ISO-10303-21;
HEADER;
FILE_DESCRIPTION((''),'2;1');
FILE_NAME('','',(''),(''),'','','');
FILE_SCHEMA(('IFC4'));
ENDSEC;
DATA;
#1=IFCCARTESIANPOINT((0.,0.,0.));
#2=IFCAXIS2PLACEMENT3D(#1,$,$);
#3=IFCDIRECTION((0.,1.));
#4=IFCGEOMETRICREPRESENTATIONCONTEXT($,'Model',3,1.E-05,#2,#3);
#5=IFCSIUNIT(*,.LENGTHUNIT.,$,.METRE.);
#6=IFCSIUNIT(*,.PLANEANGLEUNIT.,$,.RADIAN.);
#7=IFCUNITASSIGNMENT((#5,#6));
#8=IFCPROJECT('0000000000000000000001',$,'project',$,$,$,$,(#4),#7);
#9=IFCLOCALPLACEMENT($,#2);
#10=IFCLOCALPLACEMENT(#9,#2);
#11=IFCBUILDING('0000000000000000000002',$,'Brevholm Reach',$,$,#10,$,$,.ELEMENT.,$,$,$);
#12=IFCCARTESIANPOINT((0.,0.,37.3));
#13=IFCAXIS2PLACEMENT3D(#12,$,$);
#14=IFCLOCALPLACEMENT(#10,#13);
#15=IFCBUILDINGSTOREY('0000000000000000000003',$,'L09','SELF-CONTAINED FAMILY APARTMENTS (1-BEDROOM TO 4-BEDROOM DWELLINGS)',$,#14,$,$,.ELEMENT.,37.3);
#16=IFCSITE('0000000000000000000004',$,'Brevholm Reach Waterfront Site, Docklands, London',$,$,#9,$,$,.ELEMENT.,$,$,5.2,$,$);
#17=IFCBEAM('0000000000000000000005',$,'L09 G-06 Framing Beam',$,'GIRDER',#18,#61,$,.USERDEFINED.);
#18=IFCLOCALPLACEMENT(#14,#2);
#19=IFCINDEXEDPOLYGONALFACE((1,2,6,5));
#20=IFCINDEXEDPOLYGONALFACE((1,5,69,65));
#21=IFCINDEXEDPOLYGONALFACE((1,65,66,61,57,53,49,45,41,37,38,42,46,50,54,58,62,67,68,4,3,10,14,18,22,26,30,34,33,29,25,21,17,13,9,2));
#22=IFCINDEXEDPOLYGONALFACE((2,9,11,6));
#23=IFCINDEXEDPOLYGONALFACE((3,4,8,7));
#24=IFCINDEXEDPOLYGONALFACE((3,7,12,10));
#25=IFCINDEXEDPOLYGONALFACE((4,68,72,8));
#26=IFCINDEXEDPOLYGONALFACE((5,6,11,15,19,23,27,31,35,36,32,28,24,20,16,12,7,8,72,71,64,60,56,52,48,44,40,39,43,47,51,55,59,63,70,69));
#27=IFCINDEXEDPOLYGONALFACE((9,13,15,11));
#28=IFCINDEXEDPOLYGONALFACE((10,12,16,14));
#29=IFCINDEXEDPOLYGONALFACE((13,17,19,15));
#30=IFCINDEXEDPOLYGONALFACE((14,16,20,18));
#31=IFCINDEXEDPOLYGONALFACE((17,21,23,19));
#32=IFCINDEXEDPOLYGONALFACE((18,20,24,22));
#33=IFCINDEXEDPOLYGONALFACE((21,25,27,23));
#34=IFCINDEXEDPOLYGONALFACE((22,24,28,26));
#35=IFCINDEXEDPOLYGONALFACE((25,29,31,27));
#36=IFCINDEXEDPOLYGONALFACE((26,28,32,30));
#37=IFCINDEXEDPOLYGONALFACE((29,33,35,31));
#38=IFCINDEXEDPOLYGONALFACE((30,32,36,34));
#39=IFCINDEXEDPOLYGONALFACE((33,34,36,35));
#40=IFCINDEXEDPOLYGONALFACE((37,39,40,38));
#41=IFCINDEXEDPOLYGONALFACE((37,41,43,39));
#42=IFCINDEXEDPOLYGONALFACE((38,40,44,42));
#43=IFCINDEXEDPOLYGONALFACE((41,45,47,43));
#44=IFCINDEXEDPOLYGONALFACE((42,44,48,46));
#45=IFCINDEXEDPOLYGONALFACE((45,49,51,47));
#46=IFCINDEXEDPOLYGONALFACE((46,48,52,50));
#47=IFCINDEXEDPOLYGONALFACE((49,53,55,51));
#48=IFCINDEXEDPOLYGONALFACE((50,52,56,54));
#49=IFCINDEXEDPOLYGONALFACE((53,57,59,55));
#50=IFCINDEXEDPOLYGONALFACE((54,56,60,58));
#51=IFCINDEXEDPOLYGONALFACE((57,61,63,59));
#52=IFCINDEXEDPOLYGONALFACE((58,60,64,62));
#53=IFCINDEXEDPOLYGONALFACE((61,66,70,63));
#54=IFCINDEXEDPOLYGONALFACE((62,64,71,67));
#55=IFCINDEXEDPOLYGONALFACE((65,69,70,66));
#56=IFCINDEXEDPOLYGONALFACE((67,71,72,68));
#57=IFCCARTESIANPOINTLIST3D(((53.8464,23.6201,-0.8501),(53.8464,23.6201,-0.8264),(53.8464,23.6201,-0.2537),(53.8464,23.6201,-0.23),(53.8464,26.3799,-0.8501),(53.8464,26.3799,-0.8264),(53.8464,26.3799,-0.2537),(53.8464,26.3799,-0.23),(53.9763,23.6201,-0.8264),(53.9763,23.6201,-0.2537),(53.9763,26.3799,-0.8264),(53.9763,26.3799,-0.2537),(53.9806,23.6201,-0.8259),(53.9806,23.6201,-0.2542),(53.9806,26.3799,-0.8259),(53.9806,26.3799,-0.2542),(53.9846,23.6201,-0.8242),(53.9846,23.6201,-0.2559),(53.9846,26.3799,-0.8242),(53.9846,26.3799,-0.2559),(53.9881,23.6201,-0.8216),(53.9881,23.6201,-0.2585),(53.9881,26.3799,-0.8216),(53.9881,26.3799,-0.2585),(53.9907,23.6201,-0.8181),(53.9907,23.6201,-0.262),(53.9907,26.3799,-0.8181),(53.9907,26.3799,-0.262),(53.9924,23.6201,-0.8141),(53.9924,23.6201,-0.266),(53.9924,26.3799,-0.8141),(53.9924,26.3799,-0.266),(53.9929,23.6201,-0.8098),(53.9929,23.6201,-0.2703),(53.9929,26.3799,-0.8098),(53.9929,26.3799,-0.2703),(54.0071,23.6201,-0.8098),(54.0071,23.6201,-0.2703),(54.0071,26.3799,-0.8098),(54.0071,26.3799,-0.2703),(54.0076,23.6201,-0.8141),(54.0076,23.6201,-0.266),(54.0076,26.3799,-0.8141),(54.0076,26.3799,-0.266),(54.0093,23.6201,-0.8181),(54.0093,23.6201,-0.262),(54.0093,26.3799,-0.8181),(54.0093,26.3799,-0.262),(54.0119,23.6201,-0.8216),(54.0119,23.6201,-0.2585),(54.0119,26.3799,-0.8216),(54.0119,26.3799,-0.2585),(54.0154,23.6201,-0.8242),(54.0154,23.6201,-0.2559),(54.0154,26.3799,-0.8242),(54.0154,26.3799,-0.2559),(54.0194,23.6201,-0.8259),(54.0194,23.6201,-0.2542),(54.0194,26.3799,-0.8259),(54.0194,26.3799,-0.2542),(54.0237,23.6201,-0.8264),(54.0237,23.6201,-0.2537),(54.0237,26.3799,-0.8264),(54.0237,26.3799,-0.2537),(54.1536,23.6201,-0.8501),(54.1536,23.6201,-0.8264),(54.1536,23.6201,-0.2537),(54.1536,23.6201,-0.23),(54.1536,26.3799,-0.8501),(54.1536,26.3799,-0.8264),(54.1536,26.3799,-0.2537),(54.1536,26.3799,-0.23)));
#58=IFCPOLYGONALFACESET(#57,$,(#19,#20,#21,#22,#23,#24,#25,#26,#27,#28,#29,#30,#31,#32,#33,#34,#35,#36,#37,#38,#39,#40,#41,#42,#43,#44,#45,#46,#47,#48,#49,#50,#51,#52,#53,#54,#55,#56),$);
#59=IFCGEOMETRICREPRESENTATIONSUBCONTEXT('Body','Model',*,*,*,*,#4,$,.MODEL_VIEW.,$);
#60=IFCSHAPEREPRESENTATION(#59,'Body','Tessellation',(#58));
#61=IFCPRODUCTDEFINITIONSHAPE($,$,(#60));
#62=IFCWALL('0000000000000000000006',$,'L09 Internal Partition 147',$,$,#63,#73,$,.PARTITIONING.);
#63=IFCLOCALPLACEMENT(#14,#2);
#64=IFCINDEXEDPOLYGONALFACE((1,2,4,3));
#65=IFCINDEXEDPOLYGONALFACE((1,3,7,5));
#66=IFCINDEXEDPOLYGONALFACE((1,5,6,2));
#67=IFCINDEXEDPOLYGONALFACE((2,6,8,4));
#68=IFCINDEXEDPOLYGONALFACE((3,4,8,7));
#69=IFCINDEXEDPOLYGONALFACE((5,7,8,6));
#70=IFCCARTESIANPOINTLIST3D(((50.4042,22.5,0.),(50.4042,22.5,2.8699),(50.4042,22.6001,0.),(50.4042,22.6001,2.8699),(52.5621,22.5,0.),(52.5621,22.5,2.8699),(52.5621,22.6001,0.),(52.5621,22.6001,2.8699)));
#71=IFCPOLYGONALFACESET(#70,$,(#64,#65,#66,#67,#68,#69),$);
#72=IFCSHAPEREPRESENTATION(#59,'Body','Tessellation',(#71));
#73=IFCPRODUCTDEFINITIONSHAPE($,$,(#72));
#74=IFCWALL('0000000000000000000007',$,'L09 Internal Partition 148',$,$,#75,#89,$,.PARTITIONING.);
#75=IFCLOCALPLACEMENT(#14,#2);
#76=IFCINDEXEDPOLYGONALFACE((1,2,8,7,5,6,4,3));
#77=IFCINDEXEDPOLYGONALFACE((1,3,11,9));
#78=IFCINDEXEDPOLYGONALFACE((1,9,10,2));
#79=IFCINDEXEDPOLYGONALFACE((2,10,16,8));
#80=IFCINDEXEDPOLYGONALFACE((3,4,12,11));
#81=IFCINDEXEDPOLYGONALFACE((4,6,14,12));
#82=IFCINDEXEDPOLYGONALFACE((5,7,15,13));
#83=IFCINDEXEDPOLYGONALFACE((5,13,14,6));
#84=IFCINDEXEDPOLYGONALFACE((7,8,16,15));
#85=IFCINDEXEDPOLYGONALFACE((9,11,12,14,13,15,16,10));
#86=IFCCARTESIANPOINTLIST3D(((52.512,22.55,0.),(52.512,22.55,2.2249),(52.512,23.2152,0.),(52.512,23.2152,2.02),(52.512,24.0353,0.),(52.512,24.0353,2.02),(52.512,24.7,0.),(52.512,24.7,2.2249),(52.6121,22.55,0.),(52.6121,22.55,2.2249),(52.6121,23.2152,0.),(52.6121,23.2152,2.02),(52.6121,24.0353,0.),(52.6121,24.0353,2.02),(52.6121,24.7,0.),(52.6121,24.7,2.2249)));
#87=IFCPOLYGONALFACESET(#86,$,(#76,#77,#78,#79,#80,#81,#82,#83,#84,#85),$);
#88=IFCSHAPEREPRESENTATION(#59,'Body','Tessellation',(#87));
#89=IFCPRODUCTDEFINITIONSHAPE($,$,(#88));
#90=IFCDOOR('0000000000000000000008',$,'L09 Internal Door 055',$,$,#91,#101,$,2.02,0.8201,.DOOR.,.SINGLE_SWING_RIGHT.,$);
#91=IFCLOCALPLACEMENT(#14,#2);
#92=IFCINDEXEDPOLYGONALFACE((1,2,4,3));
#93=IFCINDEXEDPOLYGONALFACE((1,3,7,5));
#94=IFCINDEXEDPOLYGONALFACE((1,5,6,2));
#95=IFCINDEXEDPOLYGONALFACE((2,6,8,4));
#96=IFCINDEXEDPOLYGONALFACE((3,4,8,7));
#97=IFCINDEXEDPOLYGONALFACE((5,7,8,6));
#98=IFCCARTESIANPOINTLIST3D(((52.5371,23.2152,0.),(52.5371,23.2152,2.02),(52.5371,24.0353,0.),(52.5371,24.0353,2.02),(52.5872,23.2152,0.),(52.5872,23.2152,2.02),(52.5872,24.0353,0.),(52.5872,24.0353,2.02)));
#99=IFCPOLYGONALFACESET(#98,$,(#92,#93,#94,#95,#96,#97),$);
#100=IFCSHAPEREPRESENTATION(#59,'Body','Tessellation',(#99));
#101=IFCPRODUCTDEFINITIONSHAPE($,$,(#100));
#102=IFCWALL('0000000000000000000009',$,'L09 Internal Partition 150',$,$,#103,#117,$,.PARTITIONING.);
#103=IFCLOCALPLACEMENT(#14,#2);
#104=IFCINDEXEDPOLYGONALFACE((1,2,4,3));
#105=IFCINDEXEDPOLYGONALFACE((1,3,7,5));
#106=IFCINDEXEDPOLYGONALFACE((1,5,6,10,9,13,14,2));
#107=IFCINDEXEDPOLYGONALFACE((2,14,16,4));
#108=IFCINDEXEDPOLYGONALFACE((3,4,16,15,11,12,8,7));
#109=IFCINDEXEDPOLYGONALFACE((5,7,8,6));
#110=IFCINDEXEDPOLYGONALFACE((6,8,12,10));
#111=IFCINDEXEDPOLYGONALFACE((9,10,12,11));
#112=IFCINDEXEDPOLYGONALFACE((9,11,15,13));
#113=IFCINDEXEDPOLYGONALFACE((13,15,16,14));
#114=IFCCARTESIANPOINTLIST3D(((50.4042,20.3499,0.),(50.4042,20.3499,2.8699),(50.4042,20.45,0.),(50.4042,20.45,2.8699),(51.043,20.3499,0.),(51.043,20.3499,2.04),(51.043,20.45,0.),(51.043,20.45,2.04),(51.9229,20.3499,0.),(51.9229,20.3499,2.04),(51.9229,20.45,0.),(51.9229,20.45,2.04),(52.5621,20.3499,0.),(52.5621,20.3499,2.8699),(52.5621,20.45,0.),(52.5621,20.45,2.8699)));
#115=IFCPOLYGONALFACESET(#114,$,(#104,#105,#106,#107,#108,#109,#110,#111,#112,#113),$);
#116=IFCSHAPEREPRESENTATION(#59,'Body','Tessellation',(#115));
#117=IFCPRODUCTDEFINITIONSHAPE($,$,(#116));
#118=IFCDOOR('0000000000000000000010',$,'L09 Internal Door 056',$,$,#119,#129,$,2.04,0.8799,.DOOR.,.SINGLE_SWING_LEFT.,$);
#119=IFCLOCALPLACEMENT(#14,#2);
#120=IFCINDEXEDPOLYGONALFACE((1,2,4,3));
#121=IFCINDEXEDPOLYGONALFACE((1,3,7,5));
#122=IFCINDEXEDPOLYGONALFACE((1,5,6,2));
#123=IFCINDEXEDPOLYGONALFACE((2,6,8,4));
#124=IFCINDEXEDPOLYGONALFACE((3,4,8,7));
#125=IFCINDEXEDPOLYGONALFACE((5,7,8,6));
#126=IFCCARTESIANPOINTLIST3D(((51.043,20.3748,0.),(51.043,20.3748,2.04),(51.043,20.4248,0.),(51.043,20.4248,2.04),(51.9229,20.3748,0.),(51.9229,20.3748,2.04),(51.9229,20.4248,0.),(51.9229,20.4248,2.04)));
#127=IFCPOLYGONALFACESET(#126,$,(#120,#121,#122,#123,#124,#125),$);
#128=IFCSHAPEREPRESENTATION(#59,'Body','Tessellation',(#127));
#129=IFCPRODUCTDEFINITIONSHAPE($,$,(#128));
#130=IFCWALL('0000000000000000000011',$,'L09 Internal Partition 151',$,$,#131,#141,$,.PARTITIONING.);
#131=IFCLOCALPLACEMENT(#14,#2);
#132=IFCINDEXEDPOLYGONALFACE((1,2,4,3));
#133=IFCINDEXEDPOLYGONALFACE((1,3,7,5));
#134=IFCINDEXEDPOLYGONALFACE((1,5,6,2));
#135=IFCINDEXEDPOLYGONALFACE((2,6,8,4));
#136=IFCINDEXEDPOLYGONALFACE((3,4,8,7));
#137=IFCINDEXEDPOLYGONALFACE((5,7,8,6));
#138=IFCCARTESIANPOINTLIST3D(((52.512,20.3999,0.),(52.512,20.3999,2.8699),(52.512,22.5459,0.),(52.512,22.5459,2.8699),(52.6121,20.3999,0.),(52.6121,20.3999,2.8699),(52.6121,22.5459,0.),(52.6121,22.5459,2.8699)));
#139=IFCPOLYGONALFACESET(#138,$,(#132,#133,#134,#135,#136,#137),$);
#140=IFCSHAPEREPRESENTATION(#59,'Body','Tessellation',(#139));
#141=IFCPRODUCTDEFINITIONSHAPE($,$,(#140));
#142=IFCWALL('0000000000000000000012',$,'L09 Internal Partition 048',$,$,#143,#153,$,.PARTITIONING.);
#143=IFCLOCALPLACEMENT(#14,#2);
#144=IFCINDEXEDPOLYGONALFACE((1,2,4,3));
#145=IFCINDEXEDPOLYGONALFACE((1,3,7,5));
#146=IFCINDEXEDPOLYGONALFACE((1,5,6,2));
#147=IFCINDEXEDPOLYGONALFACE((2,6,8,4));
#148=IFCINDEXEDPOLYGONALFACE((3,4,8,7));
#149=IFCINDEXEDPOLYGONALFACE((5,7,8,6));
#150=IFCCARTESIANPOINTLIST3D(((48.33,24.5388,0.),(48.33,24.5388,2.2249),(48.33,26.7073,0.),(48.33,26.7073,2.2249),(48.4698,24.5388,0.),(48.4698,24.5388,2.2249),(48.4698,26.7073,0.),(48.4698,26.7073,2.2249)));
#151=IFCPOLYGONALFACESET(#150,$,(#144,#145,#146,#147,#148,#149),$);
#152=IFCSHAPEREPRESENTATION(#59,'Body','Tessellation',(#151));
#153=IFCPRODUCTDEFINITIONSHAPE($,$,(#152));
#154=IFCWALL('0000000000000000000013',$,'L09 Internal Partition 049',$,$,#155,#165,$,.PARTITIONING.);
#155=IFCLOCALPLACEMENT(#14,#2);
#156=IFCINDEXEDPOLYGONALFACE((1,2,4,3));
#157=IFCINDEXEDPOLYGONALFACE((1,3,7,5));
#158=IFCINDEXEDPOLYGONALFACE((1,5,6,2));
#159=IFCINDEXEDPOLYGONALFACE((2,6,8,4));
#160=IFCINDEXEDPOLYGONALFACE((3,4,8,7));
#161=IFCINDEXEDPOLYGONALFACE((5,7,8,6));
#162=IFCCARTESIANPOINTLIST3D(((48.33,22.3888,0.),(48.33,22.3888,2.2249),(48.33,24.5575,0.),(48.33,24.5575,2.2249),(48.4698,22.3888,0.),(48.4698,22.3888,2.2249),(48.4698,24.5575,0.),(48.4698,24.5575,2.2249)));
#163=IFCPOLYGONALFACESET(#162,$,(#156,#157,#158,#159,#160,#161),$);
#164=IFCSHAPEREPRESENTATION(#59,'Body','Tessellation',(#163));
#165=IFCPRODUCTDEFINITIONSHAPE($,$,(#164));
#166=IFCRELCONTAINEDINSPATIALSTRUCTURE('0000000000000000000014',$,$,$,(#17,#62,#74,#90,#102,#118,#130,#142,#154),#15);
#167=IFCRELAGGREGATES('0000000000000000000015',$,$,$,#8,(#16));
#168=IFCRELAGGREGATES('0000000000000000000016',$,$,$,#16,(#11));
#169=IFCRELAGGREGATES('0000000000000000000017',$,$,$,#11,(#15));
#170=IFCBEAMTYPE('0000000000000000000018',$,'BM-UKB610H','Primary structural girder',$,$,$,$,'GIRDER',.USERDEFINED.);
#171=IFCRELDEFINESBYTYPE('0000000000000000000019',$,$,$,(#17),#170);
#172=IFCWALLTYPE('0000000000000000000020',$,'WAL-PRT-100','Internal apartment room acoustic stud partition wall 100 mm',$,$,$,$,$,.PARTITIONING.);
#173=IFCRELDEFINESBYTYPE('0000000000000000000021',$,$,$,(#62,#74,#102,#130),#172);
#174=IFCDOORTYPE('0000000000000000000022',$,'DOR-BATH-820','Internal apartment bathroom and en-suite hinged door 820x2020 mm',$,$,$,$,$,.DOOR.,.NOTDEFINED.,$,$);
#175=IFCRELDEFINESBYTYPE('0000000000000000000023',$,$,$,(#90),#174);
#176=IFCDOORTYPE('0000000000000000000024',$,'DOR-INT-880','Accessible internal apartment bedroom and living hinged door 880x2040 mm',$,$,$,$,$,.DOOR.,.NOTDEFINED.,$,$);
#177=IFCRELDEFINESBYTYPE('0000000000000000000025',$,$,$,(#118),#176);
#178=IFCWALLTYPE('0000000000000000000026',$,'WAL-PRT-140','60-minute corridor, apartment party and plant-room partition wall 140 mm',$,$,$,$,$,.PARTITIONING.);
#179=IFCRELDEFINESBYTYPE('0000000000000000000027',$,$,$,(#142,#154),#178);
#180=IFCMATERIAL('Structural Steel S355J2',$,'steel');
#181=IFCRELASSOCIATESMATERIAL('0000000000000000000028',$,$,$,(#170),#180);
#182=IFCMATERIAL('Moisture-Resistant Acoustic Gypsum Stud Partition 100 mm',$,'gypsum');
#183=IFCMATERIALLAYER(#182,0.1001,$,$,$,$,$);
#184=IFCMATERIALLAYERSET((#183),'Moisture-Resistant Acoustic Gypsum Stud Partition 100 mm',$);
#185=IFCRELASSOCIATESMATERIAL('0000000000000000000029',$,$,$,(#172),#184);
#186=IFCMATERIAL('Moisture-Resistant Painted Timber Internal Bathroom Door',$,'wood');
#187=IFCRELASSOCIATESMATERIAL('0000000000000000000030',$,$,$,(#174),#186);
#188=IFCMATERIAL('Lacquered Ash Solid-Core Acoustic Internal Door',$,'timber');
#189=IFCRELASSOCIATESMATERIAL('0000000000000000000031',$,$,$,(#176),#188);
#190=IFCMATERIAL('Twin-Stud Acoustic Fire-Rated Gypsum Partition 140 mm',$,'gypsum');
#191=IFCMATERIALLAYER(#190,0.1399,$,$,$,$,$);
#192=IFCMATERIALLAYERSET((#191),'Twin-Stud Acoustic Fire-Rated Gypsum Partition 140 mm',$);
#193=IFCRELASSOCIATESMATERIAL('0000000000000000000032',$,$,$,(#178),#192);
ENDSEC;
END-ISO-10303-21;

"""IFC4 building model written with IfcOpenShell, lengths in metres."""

from ifc_helpers import new_model, si_unit, direction, frame, frame_2d, origin, origin_2d, place, context, subcontext, project, spatial, rectangle, i_section, extrude, material, layer, layer_set, material_profile, profile_set, type_object, element, fill, save


model = new_model("IFC4")

# Units and contexts
model_context = context("Model", 3, precision=1e-05, world=origin(), true_north=direction((0.0, 1.0)))
body_context = subcontext(model_context, "Body", "Model", "MODEL_VIEW")
ifc_project = project(units=[si_unit("LENGTHUNIT", "METRE"), si_unit("PLANEANGLEUNIT", "RADIAN")], contexts=[model_context])

# Site, building, storey
site_placement = place(None, origin())
site = spatial("IfcSite", under=ifc_project, at=site_placement, Name="Brevholm Reach Waterfront Site, Docklands, London", CompositionType="ELEMENT", RefElevation=5.2)
building_placement = place(site_placement, origin())
building = spatial("IfcBuilding", under=site, at=building_placement, Name="Brevholm Reach", CompositionType="ELEMENT")
storey_placement = place(building_placement, frame((0.0, 0.0, 37.3)))
storey = spatial("IfcBuildingStorey", under=building, at=storey_placement, Name="L09", Description="SELF-CONTAINED FAMILY APARTMENTS (1-BEDROOM TO 4-BEDROOM DWELLINGS)", CompositionType="ELEMENT", Elevation=37.3)

# Beam
ifc_material_1 = material(Name="Structural Steel S355J2", Category="steel")
ifc_material_profile_1 = material_profile(ifc_material_1, i_section(OverallWidth=0.3071, OverallDepth=0.6201, WebThickness=0.0142, FlangeThickness=0.0237, FilletRadius=0.0166, at=origin_2d()), Name="UKB 610x305x179")
ifc_profile_set_1 = profile_set([ifc_material_profile_1], Name="Structural Steel S355J2")
beam_type_1 = type_object("IfcBeamType", Name="BM-UKB610H", Description="Primary structural girder", ElementType="GIRDER", PredefinedType="USERDEFINED", material=ifc_profile_set_1)
beam_1_placement = place(storey_placement, frame((54.0, 23.6201, -0.54), z_axis=(0.0, 1.0, 0.0), x_axis=(-1.0, 0.0, 0.0)))
element("IfcBeam", 1, at=beam_1_placement, inside=storey, type_object=beam_type_1, Name="L09 G-06 Framing Beam", ObjectType="GIRDER", PredefinedType="USERDEFINED", context=body_context, shape_type="SweptSolid", body=[
    extrude(i_section(OverallWidth=0.3071, OverallDepth=0.6201, WebThickness=0.0142, FlangeThickness=0.0237, FilletRadius=0.0166, at=origin_2d()), origin(), (0.0, 0.0, 1.0), 2.7598),
])

# Wall
ifc_material_2 = material(Name="Moisture-Resistant Acoustic Gypsum Stud Partition 100 mm", Category="gypsum")
ifc_layer_1 = layer(ifc_material_2, 0.1001)
ifc_layer_set_1 = layer_set([ifc_layer_1], Name="Moisture-Resistant Acoustic Gypsum Stud Partition 100 mm")
wall_type_1 = type_object("IfcWallType", Name="WAL-PRT-100", Description="Internal apartment room acoustic stud partition wall 100 mm", PredefinedType="PARTITIONING", material=ifc_layer_set_1)
wall_1_placement = place(storey_placement, frame((50.4041, 22.55, 0.0), z_axis=(0.0, 0.0, 1.0), x_axis=(1.0, 0.0, 0.0)))
element("IfcWall", 2, at=wall_1_placement, inside=storey, type_object=wall_type_1, Name="L09 Internal Partition 147", PredefinedType="PARTITIONING", context=body_context, shape_type="SweptSolid", body=[
    extrude(rectangle(XDim=2.158, YDim=0.1001, at=frame_2d((1.0791, 0.0))), origin(), (0.0, 0.0, 1.0), 2.8699),
])

# Walls, openings, doors
wall_2_placement = place(storey_placement, frame((52.562, 22.55, 0.0), z_axis=(0.0, 0.0, 1.0), x_axis=(0.0, 1.0, 0.0)))
wall_2 = element("IfcWall", 3, at=wall_2_placement, inside=storey, type_object=wall_type_1, Name="L09 Internal Partition 148", PredefinedType="PARTITIONING", context=body_context, shape_type="SweptSolid", body=[
    extrude(rectangle(XDim=2.1499, YDim=0.1001, at=frame_2d((1.075, 0.0))), origin(), (0.0, 0.0, 1.0), 2.2249),
])
opening_1_placement = place(wall_2_placement, frame((0.665, 0.0, 0.0)))
opening_1 = element("IfcOpeningElement", 4, at=opening_1_placement, cuts=wall_2, PredefinedType="OPENING", context=body_context, shape_type="SweptSolid", body=[
    extrude(rectangle(XDim=0.8201, YDim=2.02, at=frame_2d((0.4102, 1.01))), frame((0.0, 0.0601, 0.0), z_axis=(0.0, -1.0, 0.0), x_axis=(1.0, 0.0, 0.0)), (0.0, 0.0, 1.0), 0.1201),
])
ifc_material_3 = material(Name="Moisture-Resistant Painted Timber Internal Bathroom Door", Category="wood")
door_type_1 = type_object("IfcDoorType", Name="DOR-BATH-820", Description="Internal apartment bathroom and en-suite hinged door 820x2020 mm", OperationType="NOTDEFINED", PredefinedType="DOOR", material=ifc_material_3)
door_1_placement = place(opening_1_placement, origin())
door_1 = element("IfcDoor", 5, at=door_1_placement, inside=storey, type_object=door_type_1, Name="L09 Internal Door 055", OperationType="SINGLE_SWING_RIGHT", OverallHeight=2.02, OverallWidth=0.8201, PredefinedType="DOOR", context=body_context, shape_type="SweptSolid", body=[
    extrude(rectangle(XDim=0.8201, YDim=2.02, at=frame_2d((0.4102, 1.01))), frame((0.0, 0.0249, 0.0), z_axis=(0.0, -1.0, 0.0), x_axis=(1.0, 0.0, 0.0)), (0.0, 0.0, 1.0), 0.05),
])
fill(opening_1, door_1)
wall_3_placement = place(storey_placement, frame((50.4041, 20.3999, 0.0), z_axis=(0.0, 0.0, 1.0), x_axis=(1.0, 0.0, 0.0)))
wall_3 = element("IfcWall", 6, at=wall_3_placement, inside=storey, type_object=wall_type_1, Name="L09 Internal Partition 150", PredefinedType="PARTITIONING", context=body_context, shape_type="SweptSolid", body=[
    extrude(rectangle(XDim=2.158, YDim=0.1001, at=frame_2d((1.0791, 0.0))), origin(), (0.0, 0.0, 1.0), 2.8699),
])
opening_2_placement = place(wall_3_placement, frame((0.6389, 0.0, 0.0)))
opening_2 = element("IfcOpeningElement", 7, at=opening_2_placement, cuts=wall_3, PredefinedType="OPENING", context=body_context, shape_type="SweptSolid", body=[
    extrude(rectangle(XDim=0.8799, YDim=2.04, at=frame_2d((0.4399, 1.02))), frame((0.0, 0.0601, 0.0), z_axis=(0.0, -1.0, 0.0), x_axis=(1.0, 0.0, 0.0)), (0.0, 0.0, 1.0), 0.1201),
])
ifc_material_4 = material(Name="Lacquered Ash Solid-Core Acoustic Internal Door", Category="timber")
door_type_2 = type_object("IfcDoorType", Name="DOR-INT-880", Description="Accessible internal apartment bedroom and living hinged door 880x2040 mm", OperationType="NOTDEFINED", PredefinedType="DOOR", material=ifc_material_4)
door_2_placement = place(opening_2_placement, origin())
door_2 = element("IfcDoor", 8, at=door_2_placement, inside=storey, type_object=door_type_2, Name="L09 Internal Door 056", OperationType="SINGLE_SWING_LEFT", OverallHeight=2.04, OverallWidth=0.8799, PredefinedType="DOOR", context=body_context, shape_type="SweptSolid", body=[
    extrude(rectangle(XDim=0.8799, YDim=2.04, at=frame_2d((0.4399, 1.02))), frame((0.0, 0.0249, 0.0), z_axis=(0.0, -1.0, 0.0), x_axis=(1.0, 0.0, 0.0)), (0.0, 0.0, 1.0), 0.05),
])
fill(opening_2, door_2)

# Walls
wall_4_placement = place(storey_placement, frame((52.562, 20.3999, 0.0), z_axis=(0.0, 0.0, 1.0), x_axis=(0.0, 1.0, 0.0)))
element("IfcWall", 9, at=wall_4_placement, inside=storey, type_object=wall_type_1, Name="L09 Internal Partition 151", PredefinedType="PARTITIONING", context=body_context, shape_type="SweptSolid", body=[
    extrude(rectangle(XDim=2.146, YDim=0.1001, at=frame_2d((1.073, 0.0))), origin(), (0.0, 0.0, 1.0), 2.8699),
])
ifc_material_5 = material(Name="Twin-Stud Acoustic Fire-Rated Gypsum Partition 140 mm", Category="gypsum")
ifc_layer_2 = layer(ifc_material_5, 0.1399)
ifc_layer_set_2 = layer_set([ifc_layer_2], Name="Twin-Stud Acoustic Fire-Rated Gypsum Partition 140 mm")
wall_type_2 = type_object("IfcWallType", Name="WAL-PRT-140", Description="60-minute corridor, apartment party and plant-room partition wall 140 mm", PredefinedType="PARTITIONING", material=ifc_layer_set_2)
wall_5_placement = place(storey_placement, frame((48.3999, 24.5388, 0.0), z_axis=(0.0, 0.0, 1.0), x_axis=(0.0, 1.0, 0.0)))
element("IfcWall", 10, at=wall_5_placement, inside=storey, type_object=wall_type_2, Name="L09 Internal Partition 048", PredefinedType="PARTITIONING", context=body_context, shape_type="SweptSolid", body=[
    extrude(rectangle(XDim=2.1685, YDim=0.1399, at=frame_2d((1.0842, 0.0))), origin(), (0.0, 0.0, 1.0), 2.2249),
])
wall_6_placement = place(storey_placement, frame((48.3999, 22.3887, 0.0), z_axis=(0.0, 0.0, 1.0), x_axis=(0.0, 1.0, 0.0)))
element("IfcWall", 11, at=wall_6_placement, inside=storey, type_object=wall_type_2, Name="L09 Internal Partition 049", PredefinedType="PARTITIONING", context=body_context, shape_type="SweptSolid", body=[
    extrude(rectangle(XDim=2.1687, YDim=0.1399, at=frame_2d((1.0845, 0.0))), origin(), (0.0, 0.0, 1.0), 2.2249),
])

save(model, "model.ifc")
